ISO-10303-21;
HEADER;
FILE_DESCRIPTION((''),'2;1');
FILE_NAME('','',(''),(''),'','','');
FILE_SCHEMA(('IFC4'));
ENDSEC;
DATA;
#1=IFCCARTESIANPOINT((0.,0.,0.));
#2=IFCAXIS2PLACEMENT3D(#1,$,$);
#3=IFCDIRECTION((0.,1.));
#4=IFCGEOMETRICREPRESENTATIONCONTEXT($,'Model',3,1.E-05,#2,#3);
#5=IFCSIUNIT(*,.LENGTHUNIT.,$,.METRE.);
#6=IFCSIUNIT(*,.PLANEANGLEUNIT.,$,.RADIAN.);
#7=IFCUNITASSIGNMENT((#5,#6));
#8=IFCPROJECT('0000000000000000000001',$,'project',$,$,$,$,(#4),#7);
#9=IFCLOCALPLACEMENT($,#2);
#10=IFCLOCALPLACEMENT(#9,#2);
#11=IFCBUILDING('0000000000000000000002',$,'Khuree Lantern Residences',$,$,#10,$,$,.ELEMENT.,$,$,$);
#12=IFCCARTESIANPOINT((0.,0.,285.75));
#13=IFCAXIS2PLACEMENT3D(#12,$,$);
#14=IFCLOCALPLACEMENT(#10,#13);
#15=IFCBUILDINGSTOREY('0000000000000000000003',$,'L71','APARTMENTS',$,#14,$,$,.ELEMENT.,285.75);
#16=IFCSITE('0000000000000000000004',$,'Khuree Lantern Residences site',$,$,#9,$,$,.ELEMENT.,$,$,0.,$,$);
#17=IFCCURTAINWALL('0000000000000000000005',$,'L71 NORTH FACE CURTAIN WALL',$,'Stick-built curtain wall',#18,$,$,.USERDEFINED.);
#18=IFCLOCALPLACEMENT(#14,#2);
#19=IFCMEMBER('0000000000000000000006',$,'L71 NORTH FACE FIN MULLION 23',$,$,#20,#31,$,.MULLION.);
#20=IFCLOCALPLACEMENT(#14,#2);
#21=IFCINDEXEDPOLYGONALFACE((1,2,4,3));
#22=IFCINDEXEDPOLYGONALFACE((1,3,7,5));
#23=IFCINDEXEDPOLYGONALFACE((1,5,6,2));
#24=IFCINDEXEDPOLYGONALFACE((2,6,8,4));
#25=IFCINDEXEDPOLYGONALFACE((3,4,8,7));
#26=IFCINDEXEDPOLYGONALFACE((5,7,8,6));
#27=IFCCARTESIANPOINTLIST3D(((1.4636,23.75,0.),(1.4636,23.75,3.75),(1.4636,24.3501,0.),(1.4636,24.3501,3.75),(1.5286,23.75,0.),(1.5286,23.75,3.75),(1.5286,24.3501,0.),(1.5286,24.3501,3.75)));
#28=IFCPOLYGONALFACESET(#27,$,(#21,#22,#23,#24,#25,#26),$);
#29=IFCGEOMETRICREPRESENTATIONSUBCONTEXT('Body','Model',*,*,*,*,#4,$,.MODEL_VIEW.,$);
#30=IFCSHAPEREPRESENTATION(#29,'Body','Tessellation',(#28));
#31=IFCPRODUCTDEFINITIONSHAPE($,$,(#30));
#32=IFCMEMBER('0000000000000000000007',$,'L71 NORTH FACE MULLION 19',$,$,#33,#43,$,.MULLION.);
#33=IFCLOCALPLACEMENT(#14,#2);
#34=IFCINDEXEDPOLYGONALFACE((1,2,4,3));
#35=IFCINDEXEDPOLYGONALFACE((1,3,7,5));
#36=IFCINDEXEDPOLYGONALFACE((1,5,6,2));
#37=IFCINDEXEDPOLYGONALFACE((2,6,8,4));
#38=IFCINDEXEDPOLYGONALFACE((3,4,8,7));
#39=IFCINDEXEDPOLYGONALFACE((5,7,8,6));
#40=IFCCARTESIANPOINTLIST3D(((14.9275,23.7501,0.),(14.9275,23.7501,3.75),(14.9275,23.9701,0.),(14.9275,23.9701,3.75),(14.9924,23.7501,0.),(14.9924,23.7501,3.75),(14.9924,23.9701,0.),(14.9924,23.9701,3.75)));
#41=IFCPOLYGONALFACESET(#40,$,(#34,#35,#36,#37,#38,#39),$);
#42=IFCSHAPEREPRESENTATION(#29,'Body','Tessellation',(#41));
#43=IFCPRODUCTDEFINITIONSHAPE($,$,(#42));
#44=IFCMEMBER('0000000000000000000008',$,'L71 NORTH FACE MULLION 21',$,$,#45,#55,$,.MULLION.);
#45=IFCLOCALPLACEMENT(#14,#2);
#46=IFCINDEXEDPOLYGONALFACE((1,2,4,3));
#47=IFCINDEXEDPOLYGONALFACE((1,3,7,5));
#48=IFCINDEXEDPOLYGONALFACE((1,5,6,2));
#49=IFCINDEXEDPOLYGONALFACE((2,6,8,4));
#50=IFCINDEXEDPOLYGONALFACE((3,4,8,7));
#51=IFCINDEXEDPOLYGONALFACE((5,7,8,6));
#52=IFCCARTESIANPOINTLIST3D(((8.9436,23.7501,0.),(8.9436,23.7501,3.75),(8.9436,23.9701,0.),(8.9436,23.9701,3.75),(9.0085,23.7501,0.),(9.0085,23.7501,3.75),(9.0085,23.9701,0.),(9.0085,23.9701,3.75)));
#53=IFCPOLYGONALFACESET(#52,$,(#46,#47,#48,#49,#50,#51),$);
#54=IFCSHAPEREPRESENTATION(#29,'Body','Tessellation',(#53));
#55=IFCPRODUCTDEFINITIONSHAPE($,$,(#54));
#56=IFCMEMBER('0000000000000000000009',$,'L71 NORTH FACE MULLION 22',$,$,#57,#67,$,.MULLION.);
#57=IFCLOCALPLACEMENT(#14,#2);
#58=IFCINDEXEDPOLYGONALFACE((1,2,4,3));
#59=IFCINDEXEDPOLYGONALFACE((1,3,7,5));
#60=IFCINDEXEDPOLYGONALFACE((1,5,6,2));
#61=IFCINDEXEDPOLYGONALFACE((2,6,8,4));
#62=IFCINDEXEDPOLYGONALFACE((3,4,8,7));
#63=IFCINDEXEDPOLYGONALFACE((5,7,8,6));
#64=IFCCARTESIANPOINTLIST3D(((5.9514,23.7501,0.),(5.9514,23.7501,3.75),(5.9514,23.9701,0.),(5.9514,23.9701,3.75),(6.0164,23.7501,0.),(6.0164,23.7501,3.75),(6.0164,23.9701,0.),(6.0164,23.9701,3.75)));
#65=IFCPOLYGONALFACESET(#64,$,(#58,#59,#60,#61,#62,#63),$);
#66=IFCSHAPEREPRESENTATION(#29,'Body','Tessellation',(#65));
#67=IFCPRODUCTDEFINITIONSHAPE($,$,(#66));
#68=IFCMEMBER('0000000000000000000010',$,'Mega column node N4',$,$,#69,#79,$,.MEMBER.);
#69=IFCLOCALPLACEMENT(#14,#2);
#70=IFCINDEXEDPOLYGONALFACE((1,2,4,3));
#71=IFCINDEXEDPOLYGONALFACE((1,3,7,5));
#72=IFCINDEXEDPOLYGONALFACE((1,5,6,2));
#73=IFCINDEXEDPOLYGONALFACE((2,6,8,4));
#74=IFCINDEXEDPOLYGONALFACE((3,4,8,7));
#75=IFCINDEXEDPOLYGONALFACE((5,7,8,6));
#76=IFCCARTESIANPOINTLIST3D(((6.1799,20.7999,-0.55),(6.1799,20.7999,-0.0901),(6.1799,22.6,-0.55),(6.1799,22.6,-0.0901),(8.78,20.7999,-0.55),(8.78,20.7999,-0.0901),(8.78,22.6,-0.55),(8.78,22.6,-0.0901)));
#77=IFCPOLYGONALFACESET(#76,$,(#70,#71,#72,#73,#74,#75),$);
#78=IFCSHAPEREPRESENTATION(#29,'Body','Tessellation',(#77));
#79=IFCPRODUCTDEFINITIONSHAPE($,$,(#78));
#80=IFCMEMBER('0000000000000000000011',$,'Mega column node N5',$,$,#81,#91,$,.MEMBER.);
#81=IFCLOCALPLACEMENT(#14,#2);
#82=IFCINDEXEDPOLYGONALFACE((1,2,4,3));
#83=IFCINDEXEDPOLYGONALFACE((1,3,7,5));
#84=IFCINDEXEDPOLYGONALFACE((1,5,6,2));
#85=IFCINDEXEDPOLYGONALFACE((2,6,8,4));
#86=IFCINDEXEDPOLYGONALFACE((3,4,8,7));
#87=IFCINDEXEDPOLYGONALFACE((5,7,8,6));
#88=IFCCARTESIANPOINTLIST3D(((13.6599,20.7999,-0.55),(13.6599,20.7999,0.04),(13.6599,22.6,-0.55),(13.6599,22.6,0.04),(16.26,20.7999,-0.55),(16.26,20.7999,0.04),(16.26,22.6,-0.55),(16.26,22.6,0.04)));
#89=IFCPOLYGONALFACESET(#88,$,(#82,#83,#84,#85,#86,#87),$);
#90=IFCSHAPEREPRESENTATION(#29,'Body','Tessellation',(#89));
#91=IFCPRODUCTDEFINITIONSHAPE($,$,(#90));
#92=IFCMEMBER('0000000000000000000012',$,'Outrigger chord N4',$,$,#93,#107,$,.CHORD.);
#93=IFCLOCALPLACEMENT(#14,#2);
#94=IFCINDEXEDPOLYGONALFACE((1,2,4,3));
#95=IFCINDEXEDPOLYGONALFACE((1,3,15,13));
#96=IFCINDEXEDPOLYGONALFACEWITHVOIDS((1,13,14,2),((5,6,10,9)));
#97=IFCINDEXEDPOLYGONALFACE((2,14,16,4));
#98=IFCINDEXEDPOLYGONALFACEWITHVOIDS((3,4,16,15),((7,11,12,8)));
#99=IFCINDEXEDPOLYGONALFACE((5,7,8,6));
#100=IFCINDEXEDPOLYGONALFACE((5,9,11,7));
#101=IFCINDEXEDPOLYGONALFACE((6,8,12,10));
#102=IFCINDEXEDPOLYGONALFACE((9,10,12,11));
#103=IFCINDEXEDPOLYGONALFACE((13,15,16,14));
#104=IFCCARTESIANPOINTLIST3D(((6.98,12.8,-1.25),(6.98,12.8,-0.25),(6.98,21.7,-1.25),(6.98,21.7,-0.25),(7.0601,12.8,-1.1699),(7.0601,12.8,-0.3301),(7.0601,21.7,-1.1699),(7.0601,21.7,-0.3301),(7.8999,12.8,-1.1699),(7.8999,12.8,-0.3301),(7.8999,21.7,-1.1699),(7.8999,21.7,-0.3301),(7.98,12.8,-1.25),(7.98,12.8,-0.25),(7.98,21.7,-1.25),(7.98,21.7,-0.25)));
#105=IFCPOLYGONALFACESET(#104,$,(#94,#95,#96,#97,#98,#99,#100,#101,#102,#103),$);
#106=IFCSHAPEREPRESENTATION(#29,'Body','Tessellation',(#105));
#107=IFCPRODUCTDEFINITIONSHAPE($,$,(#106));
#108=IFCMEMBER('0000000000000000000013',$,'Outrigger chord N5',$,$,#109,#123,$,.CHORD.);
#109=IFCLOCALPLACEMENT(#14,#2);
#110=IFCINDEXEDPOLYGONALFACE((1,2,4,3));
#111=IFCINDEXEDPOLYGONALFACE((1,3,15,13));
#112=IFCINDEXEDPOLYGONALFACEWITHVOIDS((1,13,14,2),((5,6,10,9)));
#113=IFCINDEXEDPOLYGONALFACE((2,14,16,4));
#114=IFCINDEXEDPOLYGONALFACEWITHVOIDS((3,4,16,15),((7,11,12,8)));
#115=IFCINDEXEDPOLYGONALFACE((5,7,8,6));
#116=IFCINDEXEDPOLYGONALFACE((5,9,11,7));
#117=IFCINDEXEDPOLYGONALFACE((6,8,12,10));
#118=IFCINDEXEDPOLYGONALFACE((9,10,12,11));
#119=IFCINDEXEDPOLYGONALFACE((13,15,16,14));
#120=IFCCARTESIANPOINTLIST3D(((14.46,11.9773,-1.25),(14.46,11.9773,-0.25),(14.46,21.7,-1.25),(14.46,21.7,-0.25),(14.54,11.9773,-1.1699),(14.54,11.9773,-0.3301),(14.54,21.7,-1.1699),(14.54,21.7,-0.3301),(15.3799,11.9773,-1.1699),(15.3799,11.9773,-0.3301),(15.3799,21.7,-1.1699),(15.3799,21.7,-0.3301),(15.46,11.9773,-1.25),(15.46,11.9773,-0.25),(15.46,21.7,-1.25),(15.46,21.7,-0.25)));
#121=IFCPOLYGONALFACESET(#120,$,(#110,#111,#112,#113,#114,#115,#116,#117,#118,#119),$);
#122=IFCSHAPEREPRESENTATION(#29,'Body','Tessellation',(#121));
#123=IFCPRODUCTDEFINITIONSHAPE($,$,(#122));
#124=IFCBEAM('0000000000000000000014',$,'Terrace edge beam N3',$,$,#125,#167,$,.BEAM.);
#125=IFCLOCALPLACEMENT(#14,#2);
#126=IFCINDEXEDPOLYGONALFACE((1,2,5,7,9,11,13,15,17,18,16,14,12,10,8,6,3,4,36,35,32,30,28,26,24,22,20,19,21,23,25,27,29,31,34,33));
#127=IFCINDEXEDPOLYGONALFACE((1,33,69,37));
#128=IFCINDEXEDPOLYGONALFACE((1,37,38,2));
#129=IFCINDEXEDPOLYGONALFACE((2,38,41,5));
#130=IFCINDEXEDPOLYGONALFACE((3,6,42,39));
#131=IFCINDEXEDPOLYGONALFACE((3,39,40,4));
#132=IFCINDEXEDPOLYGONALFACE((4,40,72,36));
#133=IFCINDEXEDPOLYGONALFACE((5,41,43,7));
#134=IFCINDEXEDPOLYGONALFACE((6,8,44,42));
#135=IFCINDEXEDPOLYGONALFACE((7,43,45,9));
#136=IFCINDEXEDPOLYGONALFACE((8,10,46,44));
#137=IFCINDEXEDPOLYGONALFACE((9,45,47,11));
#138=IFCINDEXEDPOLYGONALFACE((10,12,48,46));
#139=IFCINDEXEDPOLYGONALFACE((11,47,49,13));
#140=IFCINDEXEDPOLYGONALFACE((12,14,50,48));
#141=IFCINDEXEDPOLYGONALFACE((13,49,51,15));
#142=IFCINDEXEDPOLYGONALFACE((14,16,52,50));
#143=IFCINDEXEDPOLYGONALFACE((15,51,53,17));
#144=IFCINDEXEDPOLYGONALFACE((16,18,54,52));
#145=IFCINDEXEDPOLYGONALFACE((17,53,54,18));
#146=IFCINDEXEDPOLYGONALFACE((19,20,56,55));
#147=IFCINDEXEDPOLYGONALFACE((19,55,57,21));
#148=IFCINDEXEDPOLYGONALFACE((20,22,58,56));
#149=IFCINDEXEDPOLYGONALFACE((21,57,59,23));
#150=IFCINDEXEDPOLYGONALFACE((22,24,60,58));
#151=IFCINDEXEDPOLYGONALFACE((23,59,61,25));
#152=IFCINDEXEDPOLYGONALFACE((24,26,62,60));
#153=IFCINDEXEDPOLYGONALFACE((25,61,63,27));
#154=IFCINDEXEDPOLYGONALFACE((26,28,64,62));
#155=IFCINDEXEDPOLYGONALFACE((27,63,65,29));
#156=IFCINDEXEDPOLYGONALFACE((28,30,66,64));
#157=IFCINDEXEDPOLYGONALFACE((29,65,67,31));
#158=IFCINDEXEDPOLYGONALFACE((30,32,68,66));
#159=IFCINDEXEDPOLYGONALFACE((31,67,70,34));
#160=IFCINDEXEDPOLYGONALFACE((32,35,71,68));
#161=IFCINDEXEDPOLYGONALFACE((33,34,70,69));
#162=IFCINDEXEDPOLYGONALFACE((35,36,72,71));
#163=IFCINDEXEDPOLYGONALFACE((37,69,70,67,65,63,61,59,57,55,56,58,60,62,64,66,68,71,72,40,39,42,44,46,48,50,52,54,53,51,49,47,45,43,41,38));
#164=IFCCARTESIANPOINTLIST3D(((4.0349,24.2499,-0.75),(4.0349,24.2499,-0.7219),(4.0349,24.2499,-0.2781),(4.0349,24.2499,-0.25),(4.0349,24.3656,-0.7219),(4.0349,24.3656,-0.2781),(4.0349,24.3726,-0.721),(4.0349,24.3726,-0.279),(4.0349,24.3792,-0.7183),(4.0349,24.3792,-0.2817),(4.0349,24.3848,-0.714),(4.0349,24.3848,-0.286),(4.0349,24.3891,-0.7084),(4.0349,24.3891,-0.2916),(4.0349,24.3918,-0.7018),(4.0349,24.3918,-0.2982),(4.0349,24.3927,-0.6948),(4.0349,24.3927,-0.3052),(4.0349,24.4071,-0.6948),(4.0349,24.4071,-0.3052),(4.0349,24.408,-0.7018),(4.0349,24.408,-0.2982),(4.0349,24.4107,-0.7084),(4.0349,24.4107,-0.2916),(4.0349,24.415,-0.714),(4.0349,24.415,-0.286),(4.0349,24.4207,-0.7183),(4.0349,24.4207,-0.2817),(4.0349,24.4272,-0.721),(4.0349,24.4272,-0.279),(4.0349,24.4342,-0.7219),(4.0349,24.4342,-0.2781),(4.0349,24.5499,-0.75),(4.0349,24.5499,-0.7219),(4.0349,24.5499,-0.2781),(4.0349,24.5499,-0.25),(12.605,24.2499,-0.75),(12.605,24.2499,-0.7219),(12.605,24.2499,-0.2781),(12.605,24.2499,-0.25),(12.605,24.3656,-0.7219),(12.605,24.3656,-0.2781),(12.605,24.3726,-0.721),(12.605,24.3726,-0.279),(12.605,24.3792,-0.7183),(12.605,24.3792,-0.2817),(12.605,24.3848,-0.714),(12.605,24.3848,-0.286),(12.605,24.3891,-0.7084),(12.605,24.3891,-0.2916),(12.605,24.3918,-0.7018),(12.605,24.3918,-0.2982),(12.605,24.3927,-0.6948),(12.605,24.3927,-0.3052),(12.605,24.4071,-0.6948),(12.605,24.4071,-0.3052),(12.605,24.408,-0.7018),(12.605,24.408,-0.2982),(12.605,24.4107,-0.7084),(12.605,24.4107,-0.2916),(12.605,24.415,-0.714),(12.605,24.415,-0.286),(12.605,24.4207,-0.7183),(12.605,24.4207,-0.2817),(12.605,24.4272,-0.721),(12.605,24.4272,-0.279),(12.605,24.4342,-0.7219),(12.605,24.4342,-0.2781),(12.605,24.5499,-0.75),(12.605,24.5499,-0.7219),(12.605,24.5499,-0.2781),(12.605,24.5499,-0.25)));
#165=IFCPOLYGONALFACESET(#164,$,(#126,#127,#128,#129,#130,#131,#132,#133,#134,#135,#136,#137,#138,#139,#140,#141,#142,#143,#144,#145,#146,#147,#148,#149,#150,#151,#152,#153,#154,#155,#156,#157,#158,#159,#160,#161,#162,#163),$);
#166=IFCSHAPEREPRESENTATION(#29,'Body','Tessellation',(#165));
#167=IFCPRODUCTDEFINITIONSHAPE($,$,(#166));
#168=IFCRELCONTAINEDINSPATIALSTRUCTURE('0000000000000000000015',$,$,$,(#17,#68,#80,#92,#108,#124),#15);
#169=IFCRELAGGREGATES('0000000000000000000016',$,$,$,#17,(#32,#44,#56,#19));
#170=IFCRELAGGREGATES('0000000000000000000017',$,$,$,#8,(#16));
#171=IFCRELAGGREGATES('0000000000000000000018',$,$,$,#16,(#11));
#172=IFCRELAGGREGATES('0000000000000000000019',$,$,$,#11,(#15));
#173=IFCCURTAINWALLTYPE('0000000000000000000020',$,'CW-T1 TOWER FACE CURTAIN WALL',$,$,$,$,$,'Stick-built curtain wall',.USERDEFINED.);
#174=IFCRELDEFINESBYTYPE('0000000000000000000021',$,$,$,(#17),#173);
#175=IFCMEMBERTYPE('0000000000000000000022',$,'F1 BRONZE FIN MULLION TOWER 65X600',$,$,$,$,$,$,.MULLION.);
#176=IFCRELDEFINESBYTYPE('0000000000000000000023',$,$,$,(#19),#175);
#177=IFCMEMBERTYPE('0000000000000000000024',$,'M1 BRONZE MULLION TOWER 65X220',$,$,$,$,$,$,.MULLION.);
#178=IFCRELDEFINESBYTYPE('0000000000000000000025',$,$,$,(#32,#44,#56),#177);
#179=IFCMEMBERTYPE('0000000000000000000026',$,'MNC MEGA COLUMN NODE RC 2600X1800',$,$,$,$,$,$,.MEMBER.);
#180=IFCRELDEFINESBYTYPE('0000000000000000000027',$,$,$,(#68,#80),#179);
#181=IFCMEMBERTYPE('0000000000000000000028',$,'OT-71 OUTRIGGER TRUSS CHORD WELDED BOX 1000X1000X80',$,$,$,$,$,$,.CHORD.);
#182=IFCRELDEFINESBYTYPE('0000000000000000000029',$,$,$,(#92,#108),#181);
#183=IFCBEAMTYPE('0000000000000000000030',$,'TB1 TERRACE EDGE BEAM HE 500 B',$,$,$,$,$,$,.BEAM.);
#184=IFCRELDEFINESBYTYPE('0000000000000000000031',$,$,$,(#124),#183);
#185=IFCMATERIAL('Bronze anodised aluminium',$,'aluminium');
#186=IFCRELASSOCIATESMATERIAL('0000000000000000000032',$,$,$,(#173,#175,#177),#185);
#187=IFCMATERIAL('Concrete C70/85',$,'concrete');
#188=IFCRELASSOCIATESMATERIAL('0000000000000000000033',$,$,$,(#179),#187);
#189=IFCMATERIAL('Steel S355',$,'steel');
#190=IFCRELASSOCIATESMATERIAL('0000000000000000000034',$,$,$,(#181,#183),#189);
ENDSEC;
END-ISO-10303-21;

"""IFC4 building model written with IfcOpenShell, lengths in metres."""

from ifc_helpers import new_model, si_unit, direction, frame, origin, origin_2d, place, context, subcontext, project, spatial, rectangle, hollow_rectangle, i_section, extrude, material, material_profile, profile_set, type_object, element, aggregate, save


model = new_model("IFC4")

# Units and contexts
model_context = context("Model", 3, precision=1e-05, world=origin(), true_north=direction((0.0, 1.0)))
body_context = subcontext(model_context, "Body", "Model", "MODEL_VIEW")
ifc_project = project(units=[si_unit("LENGTHUNIT", "METRE"), si_unit("PLANEANGLEUNIT", "RADIAN")], contexts=[model_context])

# Site, building, storey
site_placement = place(None, origin())
site = spatial("IfcSite", under=ifc_project, at=site_placement, Name="Khuree Lantern Residences site", CompositionType="ELEMENT", RefElevation=0.0)
building_placement = place(site_placement, origin())
building = spatial("IfcBuilding", under=site, at=building_placement, Name="Khuree Lantern Residences", CompositionType="ELEMENT")
storey_placement = place(building_placement, frame((0.0, 0.0, 285.75)))
storey = spatial("IfcBuildingStorey", under=building, at=storey_placement, Name="L71", Description="APARTMENTS", CompositionType="ELEMENT", Elevation=285.75)

# Shared definitions
ifc_material_1 = material(Name="Concrete C70/85", Category="concrete")

# Shared definitions
ifc_material_2 = material(Name="Steel S355", Category="steel")

# Curtain wall, members
ifc_material_3 = material(Name="Bronze anodised aluminium", Category="aluminium")
curtain_wall_type = type_object("IfcCurtainWallType", Name="CW-T1 TOWER FACE CURTAIN WALL", ElementType="Stick-built curtain wall", PredefinedType="USERDEFINED", material=ifc_material_3)
curtain_wall_placement = place(storey_placement, origin())
curtain_wall = element("IfcCurtainWall", 1, at=curtain_wall_placement, inside=storey, type_object=curtain_wall_type, Name="L71 NORTH FACE CURTAIN WALL", ObjectType="Stick-built curtain wall", PredefinedType="USERDEFINED")
ifc_material_profile_1 = material_profile(ifc_material_3, rectangle(XDim=0.0649, YDim=0.6001, at=origin_2d()), Name="F1 65X600")
ifc_profile_set_1 = profile_set([ifc_material_profile_1], Name="Bronze anodised aluminium")
member_type_1 = type_object("IfcMemberType", Name="F1 BRONZE FIN MULLION TOWER 65X600", PredefinedType="MULLION", material=ifc_profile_set_1)
member_1_placement = place(storey_placement, frame((1.4961, 24.05, 0.0), z_axis=(0.0, 0.0, 1.0), x_axis=(-1.0, 0.0, 0.0)))
member_1 = element("IfcMember", 2, at=member_1_placement, type_object=member_type_1, Name="L71 NORTH FACE FIN MULLION 23", PredefinedType="MULLION", context=body_context, shape_type="SweptSolid", body=[
    extrude(rectangle(XDim=0.0649, YDim=0.6001, at=origin_2d()), origin(), (0.0, 0.0, 1.0), 3.75),
])
ifc_material_profile_2 = material_profile(ifc_material_3, rectangle(XDim=0.0649, YDim=0.22, at=origin_2d()), Name="M1 65X220")
ifc_profile_set_2 = profile_set([ifc_material_profile_2], Name="Bronze anodised aluminium")
member_type_2 = type_object("IfcMemberType", Name="M1 BRONZE MULLION TOWER 65X220", PredefinedType="MULLION", material=ifc_profile_set_2)
member_2_placement = place(storey_placement, frame((14.96, 23.8601, 0.0), z_axis=(0.0, 0.0, 1.0), x_axis=(-1.0, 0.0, 0.0)))
member_2 = element("IfcMember", 3, at=member_2_placement, type_object=member_type_2, Name="L71 NORTH FACE MULLION 19", PredefinedType="MULLION", context=body_context, shape_type="SweptSolid", body=[
    extrude(rectangle(XDim=0.0649, YDim=0.22, at=origin_2d()), origin(), (0.0, 0.0, 1.0), 3.75),
])
member_3_placement = place(storey_placement, frame((8.9761, 23.8601, 0.0), z_axis=(0.0, 0.0, 1.0), x_axis=(-1.0, 0.0, 0.0)))
member_3 = element("IfcMember", 4, at=member_3_placement, type_object=member_type_2, Name="L71 NORTH FACE MULLION 21", PredefinedType="MULLION", context=body_context, shape_type="SweptSolid", body=[
    extrude(rectangle(XDim=0.0649, YDim=0.22, at=origin_2d()), origin(), (0.0, 0.0, 1.0), 3.75),
])
member_4_placement = place(storey_placement, frame((5.9839, 23.8601, 0.0), z_axis=(0.0, 0.0, 1.0), x_axis=(-1.0, 0.0, 0.0)))
member_4 = element("IfcMember", 5, at=member_4_placement, type_object=member_type_2, Name="L71 NORTH FACE MULLION 22", PredefinedType="MULLION", context=body_context, shape_type="SweptSolid", body=[
    extrude(rectangle(XDim=0.0649, YDim=0.22, at=origin_2d()), origin(), (0.0, 0.0, 1.0), 3.75),
])

# Members
ifc_material_profile_3 = material_profile(ifc_material_1, rectangle(XDim=2.6001, YDim=1.8, at=origin_2d()), Name="RC 2600X1800")
ifc_profile_set_3 = profile_set([ifc_material_profile_3], Name="Concrete C70/85")
member_type_3 = type_object("IfcMemberType", Name="MNC MEGA COLUMN NODE RC 2600X1800", PredefinedType="MEMBER", material=ifc_profile_set_3)
member_5_placement = place(storey_placement, frame((7.48, 21.7, -0.55), z_axis=(0.0, 0.0, 1.0), x_axis=(1.0, 0.0, 0.0)))
element("IfcMember", 6, at=member_5_placement, inside=storey, type_object=member_type_3, Name="Mega column node N4", PredefinedType="MEMBER", context=body_context, shape_type="SweptSolid", body=[
    extrude(rectangle(XDim=2.6001, YDim=1.8, at=origin_2d()), origin(), (0.0, 0.0, 1.0), 0.46),
])
member_6_placement = place(storey_placement, frame((14.96, 21.7, -0.55), z_axis=(0.0, 0.0, 1.0), x_axis=(1.0, 0.0, 0.0)))
element("IfcMember", 7, at=member_6_placement, inside=storey, type_object=member_type_3, Name="Mega column node N5", PredefinedType="MEMBER", context=body_context, shape_type="SweptSolid", body=[
    extrude(rectangle(XDim=2.6001, YDim=1.8, at=origin_2d()), origin(), (0.0, 0.0, 1.0), 0.5901),
])
ifc_material_profile_4 = material_profile(ifc_material_2, hollow_rectangle(XDim=1.0, YDim=1.0, WallThickness=0.0801, at=origin_2d()), Name="WELDED BOX 1000X1000X80")
ifc_profile_set_4 = profile_set([ifc_material_profile_4], Name="Steel S355")
member_type_4 = type_object("IfcMemberType", Name="OT-71 OUTRIGGER TRUSS CHORD WELDED BOX 1000X1000X80", PredefinedType="CHORD", material=ifc_profile_set_4)
member_7_placement = place(storey_placement, frame((7.48, 21.7, -0.75), z_axis=(0.0, -1.0, 0.0), x_axis=(1.0, 0.0, 0.0)))
element("IfcMember", 8, at=member_7_placement, inside=storey, type_object=member_type_4, Name="Outrigger chord N4", PredefinedType="CHORD", context=body_context, shape_type="SweptSolid", body=[
    extrude(hollow_rectangle(XDim=1.0, YDim=1.0, WallThickness=0.0801, at=origin_2d()), origin(), (0.0, 0.0, 1.0), 8.8999),
])
member_8_placement = place(storey_placement, frame((14.96, 21.7, -0.75), z_axis=(0.0, -1.0, 0.0), x_axis=(1.0, 0.0, 0.0)))
element("IfcMember", 9, at=member_8_placement, inside=storey, type_object=member_type_4, Name="Outrigger chord N5", PredefinedType="CHORD", context=body_context, shape_type="SweptSolid", body=[
    extrude(hollow_rectangle(XDim=1.0, YDim=1.0, WallThickness=0.0801, at=origin_2d()), origin(), (0.0, 0.0, 1.0), 9.7227),
])

# Beam
ifc_material_profile_5 = material_profile(ifc_material_2, i_section(OverallWidth=0.3, OverallDepth=0.5, WebThickness=0.0144, FlangeThickness=0.0281, FilletRadius=0.0271, at=origin_2d()), Name="HE 500 B")
ifc_profile_set_5 = profile_set([ifc_material_profile_5], Name="Steel S355")
beam_type_1 = type_object("IfcBeamType", Name="TB1 TERRACE EDGE BEAM HE 500 B", PredefinedType="BEAM", material=ifc_profile_set_5)
beam_1_placement = place(storey_placement, frame((4.0349, 24.3999, -0.5), z_axis=(1.0, 0.0, 0.0), x_axis=(0.0, 1.0, 0.0)))
element("IfcBeam", 10, at=beam_1_placement, inside=storey, type_object=beam_type_1, Name="Terrace edge beam N3", PredefinedType="BEAM", context=body_context, shape_type="SweptSolid", body=[
    extrude(i_section(OverallWidth=0.3, OverallDepth=0.5, WebThickness=0.0144, FlangeThickness=0.0281, FilletRadius=0.0271, at=origin_2d()), origin(), (0.0, 0.0, 1.0), 8.5701),
])

aggregate(curtain_wall, [member_2, member_3, member_4, member_1])

save(model, "model.ifc")
